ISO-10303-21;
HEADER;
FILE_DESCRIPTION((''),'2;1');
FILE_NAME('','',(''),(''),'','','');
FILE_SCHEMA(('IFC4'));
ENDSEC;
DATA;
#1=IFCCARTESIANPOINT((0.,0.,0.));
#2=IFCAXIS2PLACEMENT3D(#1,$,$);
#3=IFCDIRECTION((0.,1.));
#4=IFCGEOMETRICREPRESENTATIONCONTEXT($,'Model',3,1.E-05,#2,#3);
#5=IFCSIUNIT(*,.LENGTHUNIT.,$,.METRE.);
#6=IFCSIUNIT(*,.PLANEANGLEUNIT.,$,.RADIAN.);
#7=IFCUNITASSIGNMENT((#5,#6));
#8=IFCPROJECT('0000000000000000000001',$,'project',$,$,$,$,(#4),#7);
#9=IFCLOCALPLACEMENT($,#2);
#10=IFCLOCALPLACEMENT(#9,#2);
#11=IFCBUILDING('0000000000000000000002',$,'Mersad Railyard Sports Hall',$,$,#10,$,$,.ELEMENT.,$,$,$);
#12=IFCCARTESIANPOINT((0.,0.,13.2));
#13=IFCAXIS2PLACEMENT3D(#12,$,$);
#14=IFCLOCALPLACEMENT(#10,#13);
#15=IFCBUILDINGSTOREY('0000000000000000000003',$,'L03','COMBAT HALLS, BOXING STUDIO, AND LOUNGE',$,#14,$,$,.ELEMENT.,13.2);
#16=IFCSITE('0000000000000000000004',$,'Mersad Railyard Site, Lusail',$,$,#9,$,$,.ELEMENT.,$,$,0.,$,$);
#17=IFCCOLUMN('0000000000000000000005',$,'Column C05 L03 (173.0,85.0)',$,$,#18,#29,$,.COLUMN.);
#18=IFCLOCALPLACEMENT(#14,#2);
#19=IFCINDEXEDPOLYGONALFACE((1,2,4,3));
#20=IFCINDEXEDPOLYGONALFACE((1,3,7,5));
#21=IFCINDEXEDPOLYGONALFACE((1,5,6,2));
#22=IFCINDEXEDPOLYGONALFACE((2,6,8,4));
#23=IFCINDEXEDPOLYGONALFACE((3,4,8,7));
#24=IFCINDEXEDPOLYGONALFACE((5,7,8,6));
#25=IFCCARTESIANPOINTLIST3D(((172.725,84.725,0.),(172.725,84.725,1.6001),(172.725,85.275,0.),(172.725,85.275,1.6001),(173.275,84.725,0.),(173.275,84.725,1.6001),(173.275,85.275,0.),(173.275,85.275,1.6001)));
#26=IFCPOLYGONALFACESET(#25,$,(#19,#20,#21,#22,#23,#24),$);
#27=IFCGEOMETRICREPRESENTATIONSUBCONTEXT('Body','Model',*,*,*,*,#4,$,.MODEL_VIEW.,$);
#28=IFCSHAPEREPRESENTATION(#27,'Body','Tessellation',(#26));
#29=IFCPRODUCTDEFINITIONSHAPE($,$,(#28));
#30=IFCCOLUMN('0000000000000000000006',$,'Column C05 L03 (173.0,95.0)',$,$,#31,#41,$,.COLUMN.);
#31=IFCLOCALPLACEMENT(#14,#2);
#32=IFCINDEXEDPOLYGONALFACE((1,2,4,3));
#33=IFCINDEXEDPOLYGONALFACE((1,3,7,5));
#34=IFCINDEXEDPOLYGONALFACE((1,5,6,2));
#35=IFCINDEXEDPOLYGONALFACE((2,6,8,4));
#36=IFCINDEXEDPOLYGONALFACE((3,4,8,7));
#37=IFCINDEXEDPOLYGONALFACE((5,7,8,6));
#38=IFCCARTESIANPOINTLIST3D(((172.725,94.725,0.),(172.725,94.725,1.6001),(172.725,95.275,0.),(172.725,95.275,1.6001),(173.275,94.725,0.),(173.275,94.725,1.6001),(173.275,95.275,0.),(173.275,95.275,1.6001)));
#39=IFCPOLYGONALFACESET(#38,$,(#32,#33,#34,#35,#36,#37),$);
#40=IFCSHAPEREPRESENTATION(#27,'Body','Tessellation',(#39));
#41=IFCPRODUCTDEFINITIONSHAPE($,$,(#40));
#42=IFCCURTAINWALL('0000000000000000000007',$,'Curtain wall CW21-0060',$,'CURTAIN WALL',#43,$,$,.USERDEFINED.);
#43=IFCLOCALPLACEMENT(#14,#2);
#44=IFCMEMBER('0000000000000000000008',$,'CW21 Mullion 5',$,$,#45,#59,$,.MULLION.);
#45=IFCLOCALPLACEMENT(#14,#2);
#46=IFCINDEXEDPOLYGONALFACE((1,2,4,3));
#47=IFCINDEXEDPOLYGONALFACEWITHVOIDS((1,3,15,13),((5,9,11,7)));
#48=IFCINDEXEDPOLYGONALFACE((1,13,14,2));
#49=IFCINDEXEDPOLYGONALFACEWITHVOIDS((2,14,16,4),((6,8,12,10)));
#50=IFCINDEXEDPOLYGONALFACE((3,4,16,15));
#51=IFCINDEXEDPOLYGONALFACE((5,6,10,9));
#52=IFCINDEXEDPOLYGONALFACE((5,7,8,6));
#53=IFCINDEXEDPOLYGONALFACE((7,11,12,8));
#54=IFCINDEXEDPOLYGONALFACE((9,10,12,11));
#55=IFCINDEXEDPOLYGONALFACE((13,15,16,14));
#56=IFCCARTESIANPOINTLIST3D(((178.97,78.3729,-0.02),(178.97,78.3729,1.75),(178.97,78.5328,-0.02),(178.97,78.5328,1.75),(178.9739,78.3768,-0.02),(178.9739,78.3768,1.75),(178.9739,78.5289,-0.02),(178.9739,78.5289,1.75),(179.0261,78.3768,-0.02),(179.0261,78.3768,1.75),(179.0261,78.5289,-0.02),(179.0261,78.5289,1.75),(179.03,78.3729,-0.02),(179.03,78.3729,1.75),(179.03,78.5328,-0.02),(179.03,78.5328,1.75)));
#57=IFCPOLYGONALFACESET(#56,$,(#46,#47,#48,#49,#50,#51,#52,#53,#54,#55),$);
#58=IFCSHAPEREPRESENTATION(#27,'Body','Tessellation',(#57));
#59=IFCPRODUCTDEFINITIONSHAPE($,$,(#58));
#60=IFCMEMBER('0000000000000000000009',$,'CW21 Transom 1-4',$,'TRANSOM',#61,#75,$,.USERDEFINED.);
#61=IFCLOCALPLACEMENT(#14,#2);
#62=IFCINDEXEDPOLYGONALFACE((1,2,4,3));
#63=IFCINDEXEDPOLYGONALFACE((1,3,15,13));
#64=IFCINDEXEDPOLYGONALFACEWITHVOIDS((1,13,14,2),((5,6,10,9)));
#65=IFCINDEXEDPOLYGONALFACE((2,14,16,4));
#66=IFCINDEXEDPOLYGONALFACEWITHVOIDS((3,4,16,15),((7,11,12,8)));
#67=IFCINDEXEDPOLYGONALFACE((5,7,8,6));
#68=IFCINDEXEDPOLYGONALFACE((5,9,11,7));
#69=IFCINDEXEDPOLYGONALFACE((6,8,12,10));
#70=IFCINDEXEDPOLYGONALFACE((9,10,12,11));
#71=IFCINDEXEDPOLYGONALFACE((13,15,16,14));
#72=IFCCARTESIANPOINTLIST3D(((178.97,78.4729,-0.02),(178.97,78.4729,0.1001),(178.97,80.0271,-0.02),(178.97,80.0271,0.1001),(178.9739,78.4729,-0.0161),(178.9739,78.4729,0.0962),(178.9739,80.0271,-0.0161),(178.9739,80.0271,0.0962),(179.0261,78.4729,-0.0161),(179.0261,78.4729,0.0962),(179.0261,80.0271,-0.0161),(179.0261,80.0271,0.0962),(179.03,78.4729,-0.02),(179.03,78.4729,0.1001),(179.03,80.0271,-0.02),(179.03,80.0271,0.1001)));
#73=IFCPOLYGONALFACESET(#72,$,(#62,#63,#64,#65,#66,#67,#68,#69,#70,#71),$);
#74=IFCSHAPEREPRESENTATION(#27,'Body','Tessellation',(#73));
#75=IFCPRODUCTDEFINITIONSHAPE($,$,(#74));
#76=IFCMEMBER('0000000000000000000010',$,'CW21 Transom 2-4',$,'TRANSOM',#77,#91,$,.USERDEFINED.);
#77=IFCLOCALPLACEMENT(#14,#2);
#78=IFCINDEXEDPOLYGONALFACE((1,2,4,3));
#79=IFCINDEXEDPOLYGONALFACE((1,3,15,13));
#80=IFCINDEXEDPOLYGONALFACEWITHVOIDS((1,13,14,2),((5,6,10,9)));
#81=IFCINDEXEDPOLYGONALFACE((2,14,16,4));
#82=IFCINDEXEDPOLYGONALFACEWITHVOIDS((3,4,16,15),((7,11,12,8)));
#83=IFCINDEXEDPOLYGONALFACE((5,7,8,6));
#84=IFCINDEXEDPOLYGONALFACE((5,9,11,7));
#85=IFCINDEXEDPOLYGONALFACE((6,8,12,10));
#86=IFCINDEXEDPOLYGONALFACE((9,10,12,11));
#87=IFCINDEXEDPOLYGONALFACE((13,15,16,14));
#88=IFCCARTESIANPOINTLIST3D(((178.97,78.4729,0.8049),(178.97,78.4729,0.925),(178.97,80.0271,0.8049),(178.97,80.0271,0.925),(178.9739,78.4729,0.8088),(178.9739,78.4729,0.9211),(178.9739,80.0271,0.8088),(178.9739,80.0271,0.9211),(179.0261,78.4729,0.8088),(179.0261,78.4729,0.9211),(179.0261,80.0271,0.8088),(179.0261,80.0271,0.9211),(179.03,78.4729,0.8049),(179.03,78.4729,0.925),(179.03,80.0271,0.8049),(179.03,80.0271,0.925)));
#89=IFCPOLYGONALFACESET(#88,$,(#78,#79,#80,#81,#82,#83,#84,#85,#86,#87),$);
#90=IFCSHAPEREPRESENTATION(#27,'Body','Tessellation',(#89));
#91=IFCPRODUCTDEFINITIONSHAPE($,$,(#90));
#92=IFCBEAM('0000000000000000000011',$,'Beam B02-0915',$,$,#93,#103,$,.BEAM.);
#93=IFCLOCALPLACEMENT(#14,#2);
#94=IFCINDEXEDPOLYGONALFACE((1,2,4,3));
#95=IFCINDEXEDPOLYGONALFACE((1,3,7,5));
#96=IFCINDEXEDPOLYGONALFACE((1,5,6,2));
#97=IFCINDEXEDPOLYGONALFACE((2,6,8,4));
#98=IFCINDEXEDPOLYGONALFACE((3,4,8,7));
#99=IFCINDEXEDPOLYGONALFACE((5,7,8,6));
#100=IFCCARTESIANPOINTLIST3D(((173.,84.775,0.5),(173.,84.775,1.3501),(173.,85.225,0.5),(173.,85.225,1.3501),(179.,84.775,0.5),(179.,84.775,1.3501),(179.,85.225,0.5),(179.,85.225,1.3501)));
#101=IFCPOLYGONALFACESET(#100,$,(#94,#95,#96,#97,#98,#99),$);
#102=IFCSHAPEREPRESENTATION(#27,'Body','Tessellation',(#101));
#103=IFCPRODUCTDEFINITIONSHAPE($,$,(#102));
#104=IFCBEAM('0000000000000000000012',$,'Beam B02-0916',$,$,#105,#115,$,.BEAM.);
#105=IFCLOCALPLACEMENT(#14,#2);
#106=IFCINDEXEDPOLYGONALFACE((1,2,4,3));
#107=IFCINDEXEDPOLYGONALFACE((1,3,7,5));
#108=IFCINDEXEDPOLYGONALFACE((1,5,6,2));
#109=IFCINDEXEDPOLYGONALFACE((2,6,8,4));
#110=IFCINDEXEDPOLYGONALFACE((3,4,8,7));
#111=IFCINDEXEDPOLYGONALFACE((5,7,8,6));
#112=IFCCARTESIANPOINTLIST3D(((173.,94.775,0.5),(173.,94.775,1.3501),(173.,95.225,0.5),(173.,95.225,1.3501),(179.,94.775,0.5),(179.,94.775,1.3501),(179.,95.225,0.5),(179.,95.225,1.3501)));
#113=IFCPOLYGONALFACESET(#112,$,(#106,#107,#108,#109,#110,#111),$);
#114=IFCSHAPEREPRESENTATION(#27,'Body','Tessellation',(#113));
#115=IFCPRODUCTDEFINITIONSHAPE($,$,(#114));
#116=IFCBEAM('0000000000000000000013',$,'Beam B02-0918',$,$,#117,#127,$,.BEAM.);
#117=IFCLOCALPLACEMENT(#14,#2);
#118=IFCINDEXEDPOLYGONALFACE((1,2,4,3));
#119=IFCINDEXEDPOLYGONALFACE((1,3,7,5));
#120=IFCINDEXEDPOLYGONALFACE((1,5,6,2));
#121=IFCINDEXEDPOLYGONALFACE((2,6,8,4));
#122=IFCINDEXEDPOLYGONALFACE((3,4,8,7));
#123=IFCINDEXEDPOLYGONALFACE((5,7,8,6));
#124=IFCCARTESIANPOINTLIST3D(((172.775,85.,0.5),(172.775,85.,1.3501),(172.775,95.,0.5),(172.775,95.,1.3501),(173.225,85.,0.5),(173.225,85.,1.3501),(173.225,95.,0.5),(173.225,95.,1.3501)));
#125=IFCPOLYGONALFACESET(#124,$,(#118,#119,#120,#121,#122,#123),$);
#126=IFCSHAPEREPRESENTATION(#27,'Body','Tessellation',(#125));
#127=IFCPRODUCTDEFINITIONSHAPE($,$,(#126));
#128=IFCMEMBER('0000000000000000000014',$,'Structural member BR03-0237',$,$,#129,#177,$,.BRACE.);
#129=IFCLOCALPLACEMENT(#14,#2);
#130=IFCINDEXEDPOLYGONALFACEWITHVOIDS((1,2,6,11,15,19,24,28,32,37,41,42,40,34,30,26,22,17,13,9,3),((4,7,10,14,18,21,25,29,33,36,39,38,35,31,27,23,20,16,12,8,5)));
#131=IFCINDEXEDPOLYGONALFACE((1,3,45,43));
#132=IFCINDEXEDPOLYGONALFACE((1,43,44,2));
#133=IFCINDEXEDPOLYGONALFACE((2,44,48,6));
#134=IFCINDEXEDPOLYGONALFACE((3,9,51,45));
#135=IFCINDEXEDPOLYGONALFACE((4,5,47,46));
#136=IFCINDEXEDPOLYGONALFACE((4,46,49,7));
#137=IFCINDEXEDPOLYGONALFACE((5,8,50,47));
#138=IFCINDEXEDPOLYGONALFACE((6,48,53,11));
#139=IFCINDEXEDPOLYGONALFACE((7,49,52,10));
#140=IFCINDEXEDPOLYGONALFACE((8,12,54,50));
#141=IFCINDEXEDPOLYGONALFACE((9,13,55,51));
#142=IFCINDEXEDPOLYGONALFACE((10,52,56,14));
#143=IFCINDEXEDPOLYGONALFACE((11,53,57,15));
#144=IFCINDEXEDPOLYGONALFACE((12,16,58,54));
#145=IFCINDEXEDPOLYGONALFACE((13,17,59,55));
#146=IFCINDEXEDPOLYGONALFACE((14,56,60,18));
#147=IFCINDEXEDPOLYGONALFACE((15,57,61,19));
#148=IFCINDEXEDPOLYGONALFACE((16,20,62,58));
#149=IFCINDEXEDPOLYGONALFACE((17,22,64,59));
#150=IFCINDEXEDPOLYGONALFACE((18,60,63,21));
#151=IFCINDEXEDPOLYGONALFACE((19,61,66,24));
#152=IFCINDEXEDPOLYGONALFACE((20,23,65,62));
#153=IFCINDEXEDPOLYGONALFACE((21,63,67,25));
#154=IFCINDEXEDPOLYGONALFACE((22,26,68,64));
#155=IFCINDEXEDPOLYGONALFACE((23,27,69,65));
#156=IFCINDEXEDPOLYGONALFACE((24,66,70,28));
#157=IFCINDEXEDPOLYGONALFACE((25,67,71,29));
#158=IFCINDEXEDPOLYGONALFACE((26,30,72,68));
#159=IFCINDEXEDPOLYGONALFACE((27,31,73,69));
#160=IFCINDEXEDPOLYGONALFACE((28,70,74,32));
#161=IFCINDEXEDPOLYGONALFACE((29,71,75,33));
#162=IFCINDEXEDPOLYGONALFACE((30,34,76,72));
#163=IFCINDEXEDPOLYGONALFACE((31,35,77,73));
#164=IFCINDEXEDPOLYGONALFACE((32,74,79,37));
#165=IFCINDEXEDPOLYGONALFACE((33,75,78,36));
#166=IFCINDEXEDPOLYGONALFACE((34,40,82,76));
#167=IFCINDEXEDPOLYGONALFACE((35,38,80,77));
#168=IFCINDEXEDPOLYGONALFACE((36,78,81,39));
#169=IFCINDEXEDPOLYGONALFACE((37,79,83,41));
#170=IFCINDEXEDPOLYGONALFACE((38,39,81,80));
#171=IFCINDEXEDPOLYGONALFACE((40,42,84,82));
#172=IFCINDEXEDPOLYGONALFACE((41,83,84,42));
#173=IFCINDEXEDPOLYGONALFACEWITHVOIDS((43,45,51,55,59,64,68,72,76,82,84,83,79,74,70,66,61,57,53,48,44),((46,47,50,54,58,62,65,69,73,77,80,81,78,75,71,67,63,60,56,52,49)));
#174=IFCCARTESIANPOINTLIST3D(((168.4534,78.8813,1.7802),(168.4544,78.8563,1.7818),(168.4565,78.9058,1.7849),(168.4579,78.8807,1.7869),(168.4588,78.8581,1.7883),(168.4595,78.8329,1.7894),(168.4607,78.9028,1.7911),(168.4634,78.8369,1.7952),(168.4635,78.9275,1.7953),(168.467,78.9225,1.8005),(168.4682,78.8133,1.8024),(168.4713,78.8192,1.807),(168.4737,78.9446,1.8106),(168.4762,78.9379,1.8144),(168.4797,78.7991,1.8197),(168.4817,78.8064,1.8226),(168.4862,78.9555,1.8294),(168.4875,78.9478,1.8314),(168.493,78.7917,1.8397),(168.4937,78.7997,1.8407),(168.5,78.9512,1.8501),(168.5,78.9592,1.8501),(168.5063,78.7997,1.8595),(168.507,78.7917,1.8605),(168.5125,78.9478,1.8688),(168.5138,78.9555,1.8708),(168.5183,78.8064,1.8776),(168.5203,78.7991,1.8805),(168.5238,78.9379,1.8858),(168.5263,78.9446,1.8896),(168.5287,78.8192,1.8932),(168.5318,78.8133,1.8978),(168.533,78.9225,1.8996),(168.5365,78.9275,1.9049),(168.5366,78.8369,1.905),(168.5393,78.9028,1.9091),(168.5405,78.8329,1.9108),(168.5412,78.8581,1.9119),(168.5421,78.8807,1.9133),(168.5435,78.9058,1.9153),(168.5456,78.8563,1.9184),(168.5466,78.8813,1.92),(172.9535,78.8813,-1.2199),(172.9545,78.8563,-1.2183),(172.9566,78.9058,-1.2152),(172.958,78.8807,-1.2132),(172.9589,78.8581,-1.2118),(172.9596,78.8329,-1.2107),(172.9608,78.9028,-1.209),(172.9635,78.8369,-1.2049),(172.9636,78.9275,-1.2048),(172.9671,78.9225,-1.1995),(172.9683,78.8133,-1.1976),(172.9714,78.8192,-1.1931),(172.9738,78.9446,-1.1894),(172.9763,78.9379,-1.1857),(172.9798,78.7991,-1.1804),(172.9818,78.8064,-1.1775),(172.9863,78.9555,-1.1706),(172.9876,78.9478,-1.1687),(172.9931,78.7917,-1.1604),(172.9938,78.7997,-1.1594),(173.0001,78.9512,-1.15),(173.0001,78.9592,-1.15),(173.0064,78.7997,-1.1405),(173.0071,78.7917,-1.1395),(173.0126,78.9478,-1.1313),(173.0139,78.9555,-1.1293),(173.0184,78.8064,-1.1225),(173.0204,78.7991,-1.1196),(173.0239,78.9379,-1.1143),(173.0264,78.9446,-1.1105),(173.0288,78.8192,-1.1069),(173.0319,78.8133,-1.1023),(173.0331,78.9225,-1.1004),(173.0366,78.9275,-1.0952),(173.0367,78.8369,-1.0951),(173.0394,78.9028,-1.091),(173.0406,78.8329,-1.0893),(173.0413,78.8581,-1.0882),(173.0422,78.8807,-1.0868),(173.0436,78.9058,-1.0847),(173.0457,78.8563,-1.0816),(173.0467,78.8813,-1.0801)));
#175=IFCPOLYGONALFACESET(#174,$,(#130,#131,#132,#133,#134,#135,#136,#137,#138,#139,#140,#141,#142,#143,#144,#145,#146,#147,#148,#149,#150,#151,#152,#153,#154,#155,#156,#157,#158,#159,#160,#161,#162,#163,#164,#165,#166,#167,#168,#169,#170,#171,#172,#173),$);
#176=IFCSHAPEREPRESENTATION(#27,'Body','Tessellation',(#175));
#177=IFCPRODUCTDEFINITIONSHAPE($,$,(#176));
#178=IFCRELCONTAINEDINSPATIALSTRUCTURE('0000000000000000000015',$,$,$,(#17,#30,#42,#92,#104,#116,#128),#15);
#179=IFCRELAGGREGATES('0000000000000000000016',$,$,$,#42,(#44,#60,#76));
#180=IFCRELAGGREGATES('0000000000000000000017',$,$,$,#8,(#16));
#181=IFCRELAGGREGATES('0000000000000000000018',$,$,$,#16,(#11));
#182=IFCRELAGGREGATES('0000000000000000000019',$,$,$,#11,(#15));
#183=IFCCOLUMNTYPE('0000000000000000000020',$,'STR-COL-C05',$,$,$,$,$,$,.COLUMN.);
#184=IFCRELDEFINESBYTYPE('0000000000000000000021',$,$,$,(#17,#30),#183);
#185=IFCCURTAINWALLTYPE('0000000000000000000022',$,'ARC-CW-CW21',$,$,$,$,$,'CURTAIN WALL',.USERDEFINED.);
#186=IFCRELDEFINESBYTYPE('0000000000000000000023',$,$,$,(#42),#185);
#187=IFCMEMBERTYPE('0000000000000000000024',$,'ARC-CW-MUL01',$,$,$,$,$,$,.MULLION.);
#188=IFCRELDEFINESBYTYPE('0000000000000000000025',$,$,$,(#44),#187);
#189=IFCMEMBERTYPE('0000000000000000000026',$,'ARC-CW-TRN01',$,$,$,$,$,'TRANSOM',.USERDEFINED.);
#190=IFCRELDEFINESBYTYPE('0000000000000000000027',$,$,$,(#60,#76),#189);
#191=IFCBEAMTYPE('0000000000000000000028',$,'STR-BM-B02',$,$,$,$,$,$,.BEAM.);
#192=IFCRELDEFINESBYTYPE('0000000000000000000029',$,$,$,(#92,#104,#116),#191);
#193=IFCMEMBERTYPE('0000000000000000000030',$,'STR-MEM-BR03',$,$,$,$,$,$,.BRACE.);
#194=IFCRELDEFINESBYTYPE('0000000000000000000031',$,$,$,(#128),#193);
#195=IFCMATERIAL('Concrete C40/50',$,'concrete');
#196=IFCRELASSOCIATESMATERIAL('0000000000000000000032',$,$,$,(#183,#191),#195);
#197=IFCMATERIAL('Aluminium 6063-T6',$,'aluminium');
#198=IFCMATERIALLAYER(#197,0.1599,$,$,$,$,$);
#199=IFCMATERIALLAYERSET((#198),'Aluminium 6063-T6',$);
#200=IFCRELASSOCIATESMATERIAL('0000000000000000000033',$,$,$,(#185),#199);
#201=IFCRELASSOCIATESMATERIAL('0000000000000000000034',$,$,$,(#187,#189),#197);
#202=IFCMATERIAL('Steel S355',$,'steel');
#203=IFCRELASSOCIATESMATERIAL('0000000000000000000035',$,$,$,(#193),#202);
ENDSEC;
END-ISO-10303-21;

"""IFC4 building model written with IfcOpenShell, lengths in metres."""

from ifc_helpers import new_model, si_unit, direction, frame, origin, origin_2d, place, context, subcontext, project, spatial, rectangle, hollow_rectangle, hollow_circle, extrude, material, layer, layer_set, material_profile, profile_set, type_object, element, aggregate, save


model = new_model("IFC4")

# Units and contexts
model_context = context("Model", 3, precision=1e-05, world=origin(), true_north=direction((0.0, 1.0)))
body_context = subcontext(model_context, "Body", "Model", "MODEL_VIEW")
ifc_project = project(units=[si_unit("LENGTHUNIT", "METRE"), si_unit("PLANEANGLEUNIT", "RADIAN")], contexts=[model_context])

# Site, building, storey
site_placement = place(None, origin())
site = spatial("IfcSite", under=ifc_project, at=site_placement, Name="Mersad Railyard Site, Lusail", CompositionType="ELEMENT", RefElevation=0.0)
building_placement = place(site_placement, origin())
building = spatial("IfcBuilding", under=site, at=building_placement, Name="Mersad Railyard Sports Hall", CompositionType="ELEMENT")
storey_placement = place(building_placement, frame((0.0, 0.0, 13.2)))
storey = spatial("IfcBuildingStorey", under=building, at=storey_placement, Name="L03", Description="COMBAT HALLS, BOXING STUDIO, AND LOUNGE", CompositionType="ELEMENT", Elevation=13.2)

# Columns
ifc_material_1 = material(Name="Concrete C40/50", Category="concrete")
ifc_material_profile_1 = material_profile(ifc_material_1, rectangle(XDim=0.55, YDim=0.55, at=origin_2d()), Name="RC 550x550")
ifc_profile_set_1 = profile_set([ifc_material_profile_1], Name="Concrete C40/50")
column_type = type_object("IfcColumnType", Name="STR-COL-C05", PredefinedType="COLUMN", material=ifc_profile_set_1)
for number, where, z_axis, x_axis, name in (
    (1, (173.0, 85.0, 0.0), (0.0, 0.0, 1.0), (1.0, 0.0, 0.0), "Column C05 L03 (173.0,85.0)"),
    (2, (173.0, 95.0, 0.0), (0.0, 0.0, 1.0), (1.0, 0.0, 0.0), "Column C05 L03 (173.0,95.0)"),
):
    element("IfcColumn", number, at=place(storey_placement, frame(where, z_axis=z_axis, x_axis=x_axis)), inside=storey, type_object=column_type, Name=name, PredefinedType="COLUMN", context=body_context, shape_type="SweptSolid", body=[
        extrude(rectangle(XDim=0.55, YDim=0.55, at=origin_2d()), origin(), (0.0, 0.0, 1.0), 1.6001),
    ])

# Curtain wall, members
ifc_material_2 = material(Name="Aluminium 6063-T6", Category="aluminium")
ifc_layer_1 = layer(ifc_material_2, 0.1599)
ifc_layer_set_1 = layer_set([ifc_layer_1], Name="Aluminium 6063-T6")
curtain_wall_type = type_object("IfcCurtainWallType", Name="ARC-CW-CW21", ElementType="CURTAIN WALL", PredefinedType="USERDEFINED", material=ifc_layer_set_1)
curtain_wall_placement = place(storey_placement, origin())
curtain_wall = element("IfcCurtainWall", 3, at=curtain_wall_placement, inside=storey, type_object=curtain_wall_type, Name="Curtain wall CW21-0060", ObjectType="CURTAIN WALL", PredefinedType="USERDEFINED")
ifc_material_profile_2 = material_profile(ifc_material_2, hollow_rectangle(XDim=0.0601, YDim=0.1599, WallThickness=0.0039, at=origin_2d()), Name="AL MULLION 60x160x4")
ifc_profile_set_2 = profile_set([ifc_material_profile_2], Name="Aluminium 6063-T6")
member_type_1 = type_object("IfcMemberType", Name="ARC-CW-MUL01", PredefinedType="MULLION", material=ifc_profile_set_2)
member_1_placement = place(storey_placement, frame((179.0, 78.4529, -0.02), z_axis=(0.0, 0.0, 1.0), x_axis=(1.0, 0.0, 0.0)))
member_1 = element("IfcMember", 4, at=member_1_placement, type_object=member_type_1, Name="CW21 Mullion 5", PredefinedType="MULLION", context=body_context, shape_type="SweptSolid", body=[
    extrude(hollow_rectangle(XDim=0.0601, YDim=0.1599, WallThickness=0.0039, at=origin_2d()), origin(), (0.0, 0.0, 1.0), 1.77),
])
ifc_material_profile_3 = material_profile(ifc_material_2, hollow_rectangle(XDim=0.0601, YDim=0.1201, WallThickness=0.0039, at=origin_2d()), Name="AL TRANSOM 60x120x4")
ifc_profile_set_3 = profile_set([ifc_material_profile_3], Name="Aluminium 6063-T6")
member_type_2 = type_object("IfcMemberType", Name="ARC-CW-TRN01", ElementType="TRANSOM", PredefinedType="USERDEFINED", material=ifc_profile_set_3)
member_2_placement = place(storey_placement, frame((179.0, 80.0271, 0.04), z_axis=(0.0, -1.0, 0.0), x_axis=(1.0, 0.0, 0.0)))
member_2 = element("IfcMember", 5, at=member_2_placement, type_object=member_type_2, Name="CW21 Transom 1-4", ObjectType="TRANSOM", PredefinedType="USERDEFINED", context=body_context, shape_type="SweptSolid", body=[
    extrude(hollow_rectangle(XDim=0.0601, YDim=0.1201, WallThickness=0.0039, at=origin_2d()), origin(), (0.0, 0.0, 1.0), 1.5542),
])
member_3_placement = place(storey_placement, frame((179.0, 80.0271, 0.865), z_axis=(0.0, -1.0, 0.0), x_axis=(1.0, 0.0, 0.0)))
member_3 = element("IfcMember", 6, at=member_3_placement, type_object=member_type_2, Name="CW21 Transom 2-4", ObjectType="TRANSOM", PredefinedType="USERDEFINED", context=body_context, shape_type="SweptSolid", body=[
    extrude(hollow_rectangle(XDim=0.0601, YDim=0.1201, WallThickness=0.0039, at=origin_2d()), origin(), (0.0, 0.0, 1.0), 1.5542),
])

# Beams
ifc_material_profile_4 = material_profile(ifc_material_1, rectangle(XDim=0.45, YDim=0.8501, at=origin_2d()), Name="RC 450x850")
ifc_profile_set_4 = profile_set([ifc_material_profile_4], Name="Concrete C40/50")
beam_type = type_object("IfcBeamType", Name="STR-BM-B02", PredefinedType="BEAM", material=ifc_profile_set_4)
for number, where, z_axis, x_axis, name in (
    (7, (173.0, 85.0, 0.925), (1.0, 0.0, 0.0), (0.0, 1.0, 0.0), "Beam B02-0915"),
    (8, (173.0, 95.0, 0.925), (1.0, 0.0, 0.0), (0.0, 1.0, 0.0), "Beam B02-0916"),
):
    element("IfcBeam", number, at=place(storey_placement, frame(where, z_axis=z_axis, x_axis=x_axis)), inside=storey, type_object=beam_type, Name=name, PredefinedType="BEAM", context=body_context, shape_type="SweptSolid", body=[
        extrude(rectangle(XDim=0.45, YDim=0.8501, at=origin_2d()), origin(), (0.0, 0.0, 1.0), 6.0),
    ])
beam_placement = place(storey_placement, frame((173.0, 85.0, 0.925), z_axis=(0.0, 1.0, 0.0), x_axis=(-1.0, 0.0, 0.0)))
element("IfcBeam", 9, at=beam_placement, inside=storey, type_object=beam_type, Name="Beam B02-0918", PredefinedType="BEAM", context=body_context, shape_type="SweptSolid", body=[
    extrude(rectangle(XDim=0.45, YDim=0.8501, at=origin_2d()), origin(), (0.0, 0.0, 1.0), 10.0),
])

# Member
ifc_material_3 = material(Name="Steel S355", Category="steel")
ifc_material_profile_5 = material_profile(ifc_material_3, hollow_circle(Radius=0.0842, WallThickness=0.0081, at=origin_2d()), Name="CHS 168.3x8")
ifc_profile_set_5 = profile_set([ifc_material_profile_5], Name="Steel S355")
member_type_3 = type_object("IfcMemberType", Name="STR-MEM-BR03", PredefinedType="BRACE", material=ifc_profile_set_5)
for number, where, z_axis, x_axis, name in (
    (10, (168.5, 78.875, 1.8501), (0.83205, 0.0, -0.5547), (0.0, 1.0, 0.0), "Structural member BR03-0237"),
):
    element("IfcMember", number, at=place(storey_placement, frame(where, z_axis=z_axis, x_axis=x_axis)), inside=storey, type_object=member_type_3, Name=name, PredefinedType="BRACE", context=body_context, shape_type="SweptSolid", body=[
        extrude(hollow_circle(Radius=0.0842, WallThickness=0.0081, at=origin_2d()), origin(), (0.0, 0.0, 1.0), 5.4084),
    ])

aggregate(curtain_wall, [member_1, member_2, member_3])

save(model, "model.ifc")
